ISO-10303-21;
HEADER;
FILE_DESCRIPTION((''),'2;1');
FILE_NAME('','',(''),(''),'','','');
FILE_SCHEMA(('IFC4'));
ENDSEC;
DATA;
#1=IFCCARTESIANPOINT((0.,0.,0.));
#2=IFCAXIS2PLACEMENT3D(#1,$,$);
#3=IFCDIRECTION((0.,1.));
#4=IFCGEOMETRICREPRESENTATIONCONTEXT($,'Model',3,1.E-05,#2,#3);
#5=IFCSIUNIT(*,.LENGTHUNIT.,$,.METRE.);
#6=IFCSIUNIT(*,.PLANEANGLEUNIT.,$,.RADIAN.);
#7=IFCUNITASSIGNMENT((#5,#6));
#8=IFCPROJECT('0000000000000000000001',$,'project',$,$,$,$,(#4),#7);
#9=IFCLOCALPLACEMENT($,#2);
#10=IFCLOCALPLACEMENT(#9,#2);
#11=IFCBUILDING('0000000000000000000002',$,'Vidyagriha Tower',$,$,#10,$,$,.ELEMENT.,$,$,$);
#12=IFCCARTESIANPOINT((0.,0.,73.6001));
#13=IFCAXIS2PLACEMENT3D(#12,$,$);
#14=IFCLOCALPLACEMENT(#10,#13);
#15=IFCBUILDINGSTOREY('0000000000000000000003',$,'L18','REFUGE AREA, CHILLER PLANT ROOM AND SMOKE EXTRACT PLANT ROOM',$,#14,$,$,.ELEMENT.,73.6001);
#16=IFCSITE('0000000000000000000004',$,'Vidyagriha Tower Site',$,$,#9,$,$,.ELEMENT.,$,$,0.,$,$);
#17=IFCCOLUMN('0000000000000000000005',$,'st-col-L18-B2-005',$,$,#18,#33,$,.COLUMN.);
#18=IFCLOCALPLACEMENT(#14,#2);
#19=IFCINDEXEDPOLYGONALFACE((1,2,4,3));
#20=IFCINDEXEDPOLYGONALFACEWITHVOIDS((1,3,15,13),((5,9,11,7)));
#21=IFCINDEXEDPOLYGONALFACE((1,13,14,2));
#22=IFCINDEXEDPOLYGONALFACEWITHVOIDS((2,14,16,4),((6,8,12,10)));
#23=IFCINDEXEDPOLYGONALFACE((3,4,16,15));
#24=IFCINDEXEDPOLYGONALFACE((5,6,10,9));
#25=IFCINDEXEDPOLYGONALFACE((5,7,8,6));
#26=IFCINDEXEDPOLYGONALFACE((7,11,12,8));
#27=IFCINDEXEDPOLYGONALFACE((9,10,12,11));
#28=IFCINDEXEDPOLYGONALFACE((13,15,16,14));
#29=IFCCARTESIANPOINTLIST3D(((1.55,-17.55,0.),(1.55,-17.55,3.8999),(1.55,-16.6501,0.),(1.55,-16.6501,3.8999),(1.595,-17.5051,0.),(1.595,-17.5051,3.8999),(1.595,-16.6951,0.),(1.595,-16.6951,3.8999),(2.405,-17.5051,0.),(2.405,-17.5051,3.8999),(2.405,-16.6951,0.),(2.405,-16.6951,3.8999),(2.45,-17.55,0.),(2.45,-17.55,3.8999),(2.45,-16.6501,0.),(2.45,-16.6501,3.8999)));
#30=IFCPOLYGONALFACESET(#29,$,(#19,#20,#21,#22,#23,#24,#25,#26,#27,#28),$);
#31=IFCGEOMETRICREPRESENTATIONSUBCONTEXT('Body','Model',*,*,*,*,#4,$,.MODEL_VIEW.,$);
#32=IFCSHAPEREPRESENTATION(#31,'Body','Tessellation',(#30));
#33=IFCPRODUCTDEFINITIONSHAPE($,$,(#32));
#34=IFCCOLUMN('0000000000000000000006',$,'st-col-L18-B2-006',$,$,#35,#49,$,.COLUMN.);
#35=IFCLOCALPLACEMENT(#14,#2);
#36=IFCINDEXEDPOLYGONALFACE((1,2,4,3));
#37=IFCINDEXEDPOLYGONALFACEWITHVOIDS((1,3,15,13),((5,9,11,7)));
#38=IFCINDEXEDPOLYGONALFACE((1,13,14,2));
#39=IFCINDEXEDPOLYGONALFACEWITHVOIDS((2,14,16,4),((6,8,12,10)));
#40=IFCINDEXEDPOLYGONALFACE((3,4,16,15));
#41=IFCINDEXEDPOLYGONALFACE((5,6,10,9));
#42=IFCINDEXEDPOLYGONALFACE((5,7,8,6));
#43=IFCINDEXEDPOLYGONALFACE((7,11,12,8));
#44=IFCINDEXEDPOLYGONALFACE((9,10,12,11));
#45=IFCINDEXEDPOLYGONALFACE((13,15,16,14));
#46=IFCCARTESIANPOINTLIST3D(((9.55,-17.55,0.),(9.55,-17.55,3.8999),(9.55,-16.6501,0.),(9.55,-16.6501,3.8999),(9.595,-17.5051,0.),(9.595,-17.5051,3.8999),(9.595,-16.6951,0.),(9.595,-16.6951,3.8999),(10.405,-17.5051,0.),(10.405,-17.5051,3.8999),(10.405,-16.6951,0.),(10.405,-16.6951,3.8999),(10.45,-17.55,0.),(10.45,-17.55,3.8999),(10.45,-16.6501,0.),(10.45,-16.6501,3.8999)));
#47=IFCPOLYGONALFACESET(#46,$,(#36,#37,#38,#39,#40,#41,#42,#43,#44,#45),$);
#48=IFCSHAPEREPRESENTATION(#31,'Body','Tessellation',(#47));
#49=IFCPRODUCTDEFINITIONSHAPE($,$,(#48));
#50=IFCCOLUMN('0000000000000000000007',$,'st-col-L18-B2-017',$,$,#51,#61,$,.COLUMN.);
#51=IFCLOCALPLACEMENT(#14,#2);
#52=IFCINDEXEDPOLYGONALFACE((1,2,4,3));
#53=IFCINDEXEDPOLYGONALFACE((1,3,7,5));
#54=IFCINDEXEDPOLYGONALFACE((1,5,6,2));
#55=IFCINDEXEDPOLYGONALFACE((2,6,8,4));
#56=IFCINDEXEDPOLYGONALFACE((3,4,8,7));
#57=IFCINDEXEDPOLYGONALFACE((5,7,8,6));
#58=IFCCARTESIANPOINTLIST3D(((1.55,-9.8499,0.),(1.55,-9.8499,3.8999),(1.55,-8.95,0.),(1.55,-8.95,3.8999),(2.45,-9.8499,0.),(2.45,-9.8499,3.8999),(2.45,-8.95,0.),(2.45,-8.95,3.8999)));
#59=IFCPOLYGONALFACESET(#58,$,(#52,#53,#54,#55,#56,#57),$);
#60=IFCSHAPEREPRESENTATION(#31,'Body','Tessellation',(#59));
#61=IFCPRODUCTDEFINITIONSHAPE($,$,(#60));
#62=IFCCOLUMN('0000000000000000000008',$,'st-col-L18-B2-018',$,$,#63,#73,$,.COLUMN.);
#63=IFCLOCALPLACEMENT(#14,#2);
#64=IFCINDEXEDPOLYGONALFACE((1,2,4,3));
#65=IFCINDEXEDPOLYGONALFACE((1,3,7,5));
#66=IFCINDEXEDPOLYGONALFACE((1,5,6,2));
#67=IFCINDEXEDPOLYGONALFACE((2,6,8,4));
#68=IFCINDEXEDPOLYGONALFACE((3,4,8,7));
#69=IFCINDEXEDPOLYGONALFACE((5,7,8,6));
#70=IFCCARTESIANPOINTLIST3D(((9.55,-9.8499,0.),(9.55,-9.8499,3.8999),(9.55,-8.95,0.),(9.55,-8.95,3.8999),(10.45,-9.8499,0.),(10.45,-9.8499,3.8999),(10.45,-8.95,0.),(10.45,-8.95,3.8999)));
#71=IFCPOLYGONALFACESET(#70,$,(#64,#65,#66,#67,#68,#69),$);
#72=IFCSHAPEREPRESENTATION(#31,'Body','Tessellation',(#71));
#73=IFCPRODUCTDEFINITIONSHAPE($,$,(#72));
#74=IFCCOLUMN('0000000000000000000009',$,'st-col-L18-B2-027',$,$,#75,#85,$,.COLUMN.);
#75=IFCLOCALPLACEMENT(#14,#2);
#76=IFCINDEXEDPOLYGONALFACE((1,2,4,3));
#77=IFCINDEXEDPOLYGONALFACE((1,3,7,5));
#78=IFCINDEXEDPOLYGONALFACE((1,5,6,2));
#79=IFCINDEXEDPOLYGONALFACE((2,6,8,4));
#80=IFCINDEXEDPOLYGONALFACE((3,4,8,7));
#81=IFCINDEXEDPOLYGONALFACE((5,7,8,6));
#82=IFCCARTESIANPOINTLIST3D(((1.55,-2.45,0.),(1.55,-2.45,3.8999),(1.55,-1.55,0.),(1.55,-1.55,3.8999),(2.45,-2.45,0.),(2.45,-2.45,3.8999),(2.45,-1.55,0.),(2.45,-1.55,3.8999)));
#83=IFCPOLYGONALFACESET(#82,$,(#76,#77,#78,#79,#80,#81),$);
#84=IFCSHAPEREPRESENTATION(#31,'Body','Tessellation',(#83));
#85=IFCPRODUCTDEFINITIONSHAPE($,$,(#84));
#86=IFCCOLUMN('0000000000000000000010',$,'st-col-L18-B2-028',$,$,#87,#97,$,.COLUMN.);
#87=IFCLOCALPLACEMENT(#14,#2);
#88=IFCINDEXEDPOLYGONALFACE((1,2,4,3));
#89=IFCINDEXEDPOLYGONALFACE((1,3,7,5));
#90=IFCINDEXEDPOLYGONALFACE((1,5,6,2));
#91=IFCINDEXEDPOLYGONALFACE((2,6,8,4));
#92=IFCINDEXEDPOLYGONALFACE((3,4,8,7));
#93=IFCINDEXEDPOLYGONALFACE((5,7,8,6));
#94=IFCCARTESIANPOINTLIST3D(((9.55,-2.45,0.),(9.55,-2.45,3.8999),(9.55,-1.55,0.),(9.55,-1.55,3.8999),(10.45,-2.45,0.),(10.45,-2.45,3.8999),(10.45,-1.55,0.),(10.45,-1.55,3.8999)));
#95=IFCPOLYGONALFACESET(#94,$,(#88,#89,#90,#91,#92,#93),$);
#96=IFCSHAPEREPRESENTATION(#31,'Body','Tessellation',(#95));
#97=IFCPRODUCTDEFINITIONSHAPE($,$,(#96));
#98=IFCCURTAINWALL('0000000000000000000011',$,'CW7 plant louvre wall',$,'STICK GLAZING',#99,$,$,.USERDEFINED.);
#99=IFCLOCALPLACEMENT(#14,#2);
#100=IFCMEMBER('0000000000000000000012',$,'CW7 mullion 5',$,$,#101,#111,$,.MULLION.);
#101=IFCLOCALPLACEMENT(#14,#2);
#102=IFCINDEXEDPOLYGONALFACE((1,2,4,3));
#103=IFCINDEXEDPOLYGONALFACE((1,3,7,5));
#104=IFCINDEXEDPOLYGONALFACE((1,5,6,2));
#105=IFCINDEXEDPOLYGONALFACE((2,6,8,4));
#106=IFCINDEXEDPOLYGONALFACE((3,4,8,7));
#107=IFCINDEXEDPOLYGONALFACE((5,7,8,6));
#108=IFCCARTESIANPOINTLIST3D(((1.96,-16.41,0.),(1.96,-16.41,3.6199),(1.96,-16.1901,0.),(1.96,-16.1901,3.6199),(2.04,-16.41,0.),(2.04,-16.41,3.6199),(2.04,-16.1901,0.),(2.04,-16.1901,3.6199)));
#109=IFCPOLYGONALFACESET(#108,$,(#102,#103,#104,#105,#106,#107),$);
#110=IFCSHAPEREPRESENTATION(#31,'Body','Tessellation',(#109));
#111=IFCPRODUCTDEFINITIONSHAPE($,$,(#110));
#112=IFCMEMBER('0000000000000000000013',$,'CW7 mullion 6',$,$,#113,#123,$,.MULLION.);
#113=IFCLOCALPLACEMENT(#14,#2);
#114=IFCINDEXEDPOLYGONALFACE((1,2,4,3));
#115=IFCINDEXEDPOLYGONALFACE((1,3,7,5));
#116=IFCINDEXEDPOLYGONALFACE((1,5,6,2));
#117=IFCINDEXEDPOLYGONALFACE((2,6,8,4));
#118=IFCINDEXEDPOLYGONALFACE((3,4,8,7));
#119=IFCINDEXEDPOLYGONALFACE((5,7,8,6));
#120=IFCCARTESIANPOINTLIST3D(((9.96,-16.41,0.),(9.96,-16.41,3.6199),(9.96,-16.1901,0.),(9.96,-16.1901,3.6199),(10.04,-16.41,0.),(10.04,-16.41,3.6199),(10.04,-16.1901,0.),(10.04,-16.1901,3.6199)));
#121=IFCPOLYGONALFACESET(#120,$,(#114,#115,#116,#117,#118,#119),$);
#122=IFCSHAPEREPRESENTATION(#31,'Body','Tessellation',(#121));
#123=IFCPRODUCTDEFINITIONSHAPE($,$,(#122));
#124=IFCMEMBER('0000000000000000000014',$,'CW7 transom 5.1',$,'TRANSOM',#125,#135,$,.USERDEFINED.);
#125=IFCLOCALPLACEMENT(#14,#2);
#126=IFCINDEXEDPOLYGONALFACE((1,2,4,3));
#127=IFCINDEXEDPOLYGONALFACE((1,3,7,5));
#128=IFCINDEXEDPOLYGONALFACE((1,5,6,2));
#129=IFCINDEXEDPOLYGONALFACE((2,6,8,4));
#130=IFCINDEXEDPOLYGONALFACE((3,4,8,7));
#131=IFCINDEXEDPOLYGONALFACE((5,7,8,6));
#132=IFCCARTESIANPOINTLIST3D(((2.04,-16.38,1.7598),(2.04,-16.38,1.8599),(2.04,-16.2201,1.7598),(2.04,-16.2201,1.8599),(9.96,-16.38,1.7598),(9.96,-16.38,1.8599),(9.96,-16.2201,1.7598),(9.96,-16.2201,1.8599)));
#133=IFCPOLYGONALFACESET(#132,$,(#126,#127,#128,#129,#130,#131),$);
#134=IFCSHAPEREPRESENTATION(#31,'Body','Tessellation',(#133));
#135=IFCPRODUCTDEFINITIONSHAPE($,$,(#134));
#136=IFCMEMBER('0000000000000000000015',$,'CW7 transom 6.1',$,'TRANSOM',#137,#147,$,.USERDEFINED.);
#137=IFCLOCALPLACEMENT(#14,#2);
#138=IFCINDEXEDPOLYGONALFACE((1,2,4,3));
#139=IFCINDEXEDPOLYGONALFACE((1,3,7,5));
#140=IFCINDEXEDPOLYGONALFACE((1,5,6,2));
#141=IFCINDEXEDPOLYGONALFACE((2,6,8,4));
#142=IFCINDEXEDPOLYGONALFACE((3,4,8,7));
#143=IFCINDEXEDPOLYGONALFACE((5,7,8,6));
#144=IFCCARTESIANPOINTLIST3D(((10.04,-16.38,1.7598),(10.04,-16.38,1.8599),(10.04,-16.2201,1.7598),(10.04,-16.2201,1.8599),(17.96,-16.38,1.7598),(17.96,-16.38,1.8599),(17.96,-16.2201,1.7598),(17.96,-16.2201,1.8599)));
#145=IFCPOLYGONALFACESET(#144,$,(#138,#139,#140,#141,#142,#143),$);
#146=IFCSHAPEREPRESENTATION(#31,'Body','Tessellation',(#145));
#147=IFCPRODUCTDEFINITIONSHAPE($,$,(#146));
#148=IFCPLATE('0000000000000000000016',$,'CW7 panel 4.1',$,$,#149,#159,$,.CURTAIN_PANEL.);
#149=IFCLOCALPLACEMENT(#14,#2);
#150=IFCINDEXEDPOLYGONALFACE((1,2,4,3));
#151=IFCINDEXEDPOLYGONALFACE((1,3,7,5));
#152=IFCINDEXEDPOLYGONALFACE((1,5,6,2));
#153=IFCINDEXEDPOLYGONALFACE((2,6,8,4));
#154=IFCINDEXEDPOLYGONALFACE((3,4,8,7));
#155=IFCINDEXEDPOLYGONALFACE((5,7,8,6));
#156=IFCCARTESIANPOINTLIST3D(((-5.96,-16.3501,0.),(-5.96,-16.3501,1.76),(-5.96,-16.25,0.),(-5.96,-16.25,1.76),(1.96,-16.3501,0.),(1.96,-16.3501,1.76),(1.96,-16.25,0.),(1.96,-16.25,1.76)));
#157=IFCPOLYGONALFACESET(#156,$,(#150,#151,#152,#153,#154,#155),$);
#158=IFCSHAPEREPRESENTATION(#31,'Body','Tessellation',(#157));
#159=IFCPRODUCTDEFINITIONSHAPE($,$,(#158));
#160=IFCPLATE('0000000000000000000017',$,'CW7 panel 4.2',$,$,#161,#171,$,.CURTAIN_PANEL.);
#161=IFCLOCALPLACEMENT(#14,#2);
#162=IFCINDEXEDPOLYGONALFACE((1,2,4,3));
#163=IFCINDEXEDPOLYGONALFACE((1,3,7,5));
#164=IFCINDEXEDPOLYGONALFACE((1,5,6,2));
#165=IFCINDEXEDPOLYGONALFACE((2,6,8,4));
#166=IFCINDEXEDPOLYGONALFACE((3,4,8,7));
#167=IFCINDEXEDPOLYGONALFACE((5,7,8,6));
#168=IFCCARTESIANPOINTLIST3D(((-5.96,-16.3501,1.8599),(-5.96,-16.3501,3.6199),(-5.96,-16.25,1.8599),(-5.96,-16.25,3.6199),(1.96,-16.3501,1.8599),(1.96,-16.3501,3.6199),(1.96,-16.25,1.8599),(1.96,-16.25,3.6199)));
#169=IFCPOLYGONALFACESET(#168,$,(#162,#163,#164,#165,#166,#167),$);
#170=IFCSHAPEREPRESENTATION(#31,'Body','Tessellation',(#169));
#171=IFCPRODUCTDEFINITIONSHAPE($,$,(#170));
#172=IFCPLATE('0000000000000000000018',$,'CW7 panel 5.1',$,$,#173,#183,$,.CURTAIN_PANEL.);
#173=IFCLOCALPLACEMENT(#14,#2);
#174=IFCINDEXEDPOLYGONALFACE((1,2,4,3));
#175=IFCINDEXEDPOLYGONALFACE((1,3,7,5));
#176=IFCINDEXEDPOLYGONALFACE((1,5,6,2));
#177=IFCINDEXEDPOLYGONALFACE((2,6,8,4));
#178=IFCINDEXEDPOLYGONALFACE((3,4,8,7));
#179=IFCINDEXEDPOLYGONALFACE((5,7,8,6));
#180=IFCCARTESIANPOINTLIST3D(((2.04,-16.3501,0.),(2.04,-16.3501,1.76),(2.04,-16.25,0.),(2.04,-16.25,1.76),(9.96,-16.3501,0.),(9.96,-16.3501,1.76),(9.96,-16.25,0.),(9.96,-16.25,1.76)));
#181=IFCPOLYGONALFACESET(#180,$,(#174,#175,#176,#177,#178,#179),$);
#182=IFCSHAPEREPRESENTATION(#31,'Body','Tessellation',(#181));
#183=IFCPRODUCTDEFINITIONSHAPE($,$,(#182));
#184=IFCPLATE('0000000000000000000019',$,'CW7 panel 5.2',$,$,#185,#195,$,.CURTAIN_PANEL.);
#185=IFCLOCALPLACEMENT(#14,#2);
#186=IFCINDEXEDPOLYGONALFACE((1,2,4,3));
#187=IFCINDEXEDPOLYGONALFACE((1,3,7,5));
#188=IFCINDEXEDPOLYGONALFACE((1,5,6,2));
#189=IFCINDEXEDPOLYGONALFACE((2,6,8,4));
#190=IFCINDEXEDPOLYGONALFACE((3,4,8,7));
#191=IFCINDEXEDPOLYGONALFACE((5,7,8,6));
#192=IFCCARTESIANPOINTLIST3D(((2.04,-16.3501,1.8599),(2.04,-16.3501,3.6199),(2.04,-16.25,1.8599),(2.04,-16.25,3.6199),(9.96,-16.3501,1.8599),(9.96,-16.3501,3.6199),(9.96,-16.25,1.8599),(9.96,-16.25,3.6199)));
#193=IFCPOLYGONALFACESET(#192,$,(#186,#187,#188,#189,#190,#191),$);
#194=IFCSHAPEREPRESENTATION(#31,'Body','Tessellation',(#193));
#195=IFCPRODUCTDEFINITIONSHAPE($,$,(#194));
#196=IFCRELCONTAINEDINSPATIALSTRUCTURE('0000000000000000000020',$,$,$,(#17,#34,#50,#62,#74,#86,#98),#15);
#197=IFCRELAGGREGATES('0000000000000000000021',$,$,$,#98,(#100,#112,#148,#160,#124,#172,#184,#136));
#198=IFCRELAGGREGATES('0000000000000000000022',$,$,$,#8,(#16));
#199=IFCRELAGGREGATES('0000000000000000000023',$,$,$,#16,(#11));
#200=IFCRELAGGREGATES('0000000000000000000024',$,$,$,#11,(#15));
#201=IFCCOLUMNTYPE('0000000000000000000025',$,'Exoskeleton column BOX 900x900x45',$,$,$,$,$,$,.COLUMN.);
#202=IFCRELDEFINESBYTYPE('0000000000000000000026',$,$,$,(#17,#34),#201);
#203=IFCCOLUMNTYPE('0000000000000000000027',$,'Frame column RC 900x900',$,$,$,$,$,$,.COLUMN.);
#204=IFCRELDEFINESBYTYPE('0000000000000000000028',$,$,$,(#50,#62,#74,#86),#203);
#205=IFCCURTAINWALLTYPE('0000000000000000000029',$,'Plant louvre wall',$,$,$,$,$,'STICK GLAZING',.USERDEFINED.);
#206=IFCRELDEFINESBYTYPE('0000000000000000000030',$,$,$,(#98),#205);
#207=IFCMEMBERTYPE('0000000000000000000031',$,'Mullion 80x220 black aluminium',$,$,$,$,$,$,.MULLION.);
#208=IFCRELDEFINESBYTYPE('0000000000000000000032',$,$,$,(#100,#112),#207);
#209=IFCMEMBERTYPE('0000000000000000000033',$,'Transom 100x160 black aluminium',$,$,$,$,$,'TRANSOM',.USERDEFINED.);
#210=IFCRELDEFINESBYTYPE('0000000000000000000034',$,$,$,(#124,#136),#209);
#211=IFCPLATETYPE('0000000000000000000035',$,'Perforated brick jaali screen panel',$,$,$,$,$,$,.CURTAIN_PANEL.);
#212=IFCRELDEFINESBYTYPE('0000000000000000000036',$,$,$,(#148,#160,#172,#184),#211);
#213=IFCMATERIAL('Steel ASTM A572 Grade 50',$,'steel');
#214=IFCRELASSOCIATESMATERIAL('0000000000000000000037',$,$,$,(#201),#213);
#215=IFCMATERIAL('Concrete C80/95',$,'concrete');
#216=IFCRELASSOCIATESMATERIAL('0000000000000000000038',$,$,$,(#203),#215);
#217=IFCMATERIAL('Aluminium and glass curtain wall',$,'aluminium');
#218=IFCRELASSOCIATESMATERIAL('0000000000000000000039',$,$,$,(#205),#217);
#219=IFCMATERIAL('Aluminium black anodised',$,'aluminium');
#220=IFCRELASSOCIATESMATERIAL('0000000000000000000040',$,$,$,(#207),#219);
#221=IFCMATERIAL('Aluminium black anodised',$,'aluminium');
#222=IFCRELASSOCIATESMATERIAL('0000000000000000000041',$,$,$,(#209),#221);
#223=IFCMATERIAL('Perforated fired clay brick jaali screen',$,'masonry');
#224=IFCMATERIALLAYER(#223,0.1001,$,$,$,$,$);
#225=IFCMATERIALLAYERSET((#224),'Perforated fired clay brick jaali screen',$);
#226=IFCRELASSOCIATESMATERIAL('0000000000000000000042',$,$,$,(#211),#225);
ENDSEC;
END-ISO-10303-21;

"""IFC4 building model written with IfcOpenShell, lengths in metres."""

from ifc_helpers import new_model, si_unit, direction, frame, origin, origin_2d, place, context, subcontext, project, spatial, rectangle, hollow_rectangle, extrude, material, layer, layer_set, material_profile, profile_set, type_object, element, aggregate, save


model = new_model("IFC4")

# Units and contexts
model_context = context("Model", 3, precision=1e-05, world=origin(), true_north=direction((0.0, 1.0)))
body_context = subcontext(model_context, "Body", "Model", "MODEL_VIEW")
ifc_project = project(units=[si_unit("LENGTHUNIT", "METRE"), si_unit("PLANEANGLEUNIT", "RADIAN")], contexts=[model_context])

# Site, building, storey
site_placement = place(None, origin())
site = spatial("IfcSite", under=ifc_project, at=site_placement, Name="Vidyagriha Tower Site", CompositionType="ELEMENT", RefElevation=0.0)
building_placement = place(site_placement, origin())
building = spatial("IfcBuilding", under=site, at=building_placement, Name="Vidyagriha Tower", CompositionType="ELEMENT")
storey_placement = place(building_placement, frame((0.0, 0.0, 73.6001)))
storey = spatial("IfcBuildingStorey", under=building, at=storey_placement, Name="L18", Description="REFUGE AREA, CHILLER PLANT ROOM AND SMOKE EXTRACT PLANT ROOM", CompositionType="ELEMENT", Elevation=73.6001)

# Columns
ifc_material_1 = material(Name="Steel ASTM A572 Grade 50", Category="steel")
ifc_material_profile_1 = material_profile(ifc_material_1, hollow_rectangle(XDim=0.8999, YDim=0.8999, WallThickness=0.0449, at=origin_2d()), Name="BOX 900x900x45")
ifc_profile_set_1 = profile_set([ifc_material_profile_1], Name="Steel ASTM A572 Grade 50")
column_type_1 = type_object("IfcColumnType", Name="Exoskeleton column BOX 900x900x45", PredefinedType="COLUMN", material=ifc_profile_set_1)
for number, where, name in (
    (1, (2.0, -17.1001, 0.0), "st-col-L18-B2-005"),
    (2, (10.0, -17.1001, 0.0), "st-col-L18-B2-006"),
):
    element("IfcColumn", number, at=place(storey_placement, frame(where)), inside=storey, type_object=column_type_1, Name=name, PredefinedType="COLUMN", context=body_context, shape_type="SweptSolid", body=[
        extrude(hollow_rectangle(XDim=0.8999, YDim=0.8999, WallThickness=0.0449, at=origin_2d()), origin(), (0.0, 0.0, 1.0), 3.8999),
    ])
ifc_material_2 = material(Name="Concrete C80/95", Category="concrete")
ifc_material_profile_2 = material_profile(ifc_material_2, rectangle(XDim=0.8999, YDim=0.8999, at=origin_2d()), Name="RC 900x900")
ifc_profile_set_2 = profile_set([ifc_material_profile_2], Name="Concrete C80/95")
column_type_2 = type_object("IfcColumnType", Name="Frame column RC 900x900", PredefinedType="COLUMN", material=ifc_profile_set_2)
for number, where, name in (
    (3, (2.0, -9.3999, 0.0), "st-col-L18-B2-017"),
    (4, (10.0, -9.3999, 0.0), "st-col-L18-B2-018"),
    (5, (2.0, -2.0, 0.0), "st-col-L18-B2-027"),
    (6, (10.0, -2.0, 0.0), "st-col-L18-B2-028"),
):
    element("IfcColumn", number, at=place(storey_placement, frame(where)), inside=storey, type_object=column_type_2, Name=name, PredefinedType="COLUMN", context=body_context, shape_type="SweptSolid", body=[
        extrude(rectangle(XDim=0.8999, YDim=0.8999, at=origin_2d()), origin(), (0.0, 0.0, 1.0), 3.8999),
    ])

# Curtain wall, members, plates
ifc_material_3 = material(Name="Aluminium and glass curtain wall", Category="aluminium")
curtain_wall_type = type_object("IfcCurtainWallType", Name="Plant louvre wall", ElementType="STICK GLAZING", PredefinedType="USERDEFINED", material=ifc_material_3)
curtain_wall_placement = place(storey_placement, origin())
curtain_wall = element("IfcCurtainWall", 7, at=curtain_wall_placement, inside=storey, type_object=curtain_wall_type, Name="CW7 plant louvre wall", ObjectType="STICK GLAZING", PredefinedType="USERDEFINED")
ifc_material_4 = material(Name="Aluminium black anodised", Category="aluminium")
ifc_material_profile_3 = material_profile(ifc_material_4, rectangle(XDim=0.22, YDim=0.0801, at=origin_2d()), Name="Mullion 80x220 black aluminium")
ifc_profile_set_3 = profile_set([ifc_material_profile_3], Name="Aluminium black anodised")
member_type_1 = type_object("IfcMemberType", Name="Mullion 80x220 black aluminium", PredefinedType="MULLION", material=ifc_profile_set_3)
member_1_placement = place(storey_placement, frame((2.0, -16.3, 0.0), z_axis=(0.0, 0.0, 1.0), x_axis=(0.0, 1.0, 0.0)))
member_1 = element("IfcMember", 8, at=member_1_placement, type_object=member_type_1, Name="CW7 mullion 5", PredefinedType="MULLION", context=body_context, shape_type="SweptSolid", body=[
    extrude(rectangle(XDim=0.22, YDim=0.0801, at=origin_2d()), origin(), (0.0, 0.0, 1.0), 3.6199),
])
member_2_placement = place(storey_placement, frame((10.0, -16.3, 0.0), z_axis=(0.0, 0.0, 1.0), x_axis=(0.0, 1.0, 0.0)))
member_2 = element("IfcMember", 9, at=member_2_placement, type_object=member_type_1, Name="CW7 mullion 6", PredefinedType="MULLION", context=body_context, shape_type="SweptSolid", body=[
    extrude(rectangle(XDim=0.22, YDim=0.0801, at=origin_2d()), origin(), (0.0, 0.0, 1.0), 3.6199),
])
ifc_material_5 = material(Name="Aluminium black anodised", Category="aluminium")
ifc_material_profile_4 = material_profile(ifc_material_5, rectangle(XDim=0.1599, YDim=0.1001, at=origin_2d()), Name="Transom 100x160 black aluminium")
ifc_profile_set_4 = profile_set([ifc_material_profile_4], Name="Aluminium black anodised")
member_type_2 = type_object("IfcMemberType", Name="Transom 100x160 black aluminium", ElementType="TRANSOM", PredefinedType="USERDEFINED", material=ifc_profile_set_4)
member_3_placement = place(storey_placement, frame((2.04, -16.3, 1.8098), z_axis=(1.0, 0.0, 0.0), x_axis=(0.0, 1.0, 0.0)))
member_3 = element("IfcMember", 10, at=member_3_placement, type_object=member_type_2, Name="CW7 transom 5.1", ObjectType="TRANSOM", PredefinedType="USERDEFINED", context=body_context, shape_type="SweptSolid", body=[
    extrude(rectangle(XDim=0.1599, YDim=0.1001, at=origin_2d()), origin(), (0.0, 0.0, 1.0), 7.9199),
])
member_4_placement = place(storey_placement, frame((10.04, -16.3, 1.8098), z_axis=(1.0, 0.0, 0.0), x_axis=(0.0, 1.0, 0.0)))
member_4 = element("IfcMember", 11, at=member_4_placement, type_object=member_type_2, Name="CW7 transom 6.1", ObjectType="TRANSOM", PredefinedType="USERDEFINED", context=body_context, shape_type="SweptSolid", body=[
    extrude(rectangle(XDim=0.1599, YDim=0.1001, at=origin_2d()), origin(), (0.0, 0.0, 1.0), 7.9199),
])
ifc_material_6 = material(Name="Perforated fired clay brick jaali screen", Category="masonry")
ifc_layer_1 = layer(ifc_material_6, 0.1001)
ifc_layer_set_1 = layer_set([ifc_layer_1], Name="Perforated fired clay brick jaali screen")
plate_type = type_object("IfcPlateType", Name="Perforated brick jaali screen panel", PredefinedType="CURTAIN_PANEL", material=ifc_layer_set_1)
plate_1_placement = place(storey_placement, frame((-2.0, -16.3, 0.0)))
plate_1 = element("IfcPlate", 12, at=plate_1_placement, type_object=plate_type, Name="CW7 panel 4.1", PredefinedType="CURTAIN_PANEL", context=body_context, shape_type="SweptSolid", body=[
    extrude(rectangle(XDim=7.9199, YDim=0.1001, at=origin_2d()), origin(), (0.0, 0.0, 1.0), 1.76),
])
plate_2_placement = place(storey_placement, frame((-2.0, -16.3, 1.8599)))
plate_2 = element("IfcPlate", 13, at=plate_2_placement, type_object=plate_type, Name="CW7 panel 4.2", PredefinedType="CURTAIN_PANEL", context=body_context, shape_type="SweptSolid", body=[
    extrude(rectangle(XDim=7.9199, YDim=0.1001, at=origin_2d()), origin(), (0.0, 0.0, 1.0), 1.76),
])
plate_3_placement = place(storey_placement, frame((6.0, -16.3, 0.0)))
plate_3 = element("IfcPlate", 14, at=plate_3_placement, type_object=plate_type, Name="CW7 panel 5.1", PredefinedType="CURTAIN_PANEL", context=body_context, shape_type="SweptSolid", body=[
    extrude(rectangle(XDim=7.9199, YDim=0.1001, at=origin_2d()), origin(), (0.0, 0.0, 1.0), 1.76),
])
plate_4_placement = place(storey_placement, frame((6.0, -16.3, 1.8599)))
plate_4 = element("IfcPlate", 15, at=plate_4_placement, type_object=plate_type, Name="CW7 panel 5.2", PredefinedType="CURTAIN_PANEL", context=body_context, shape_type="SweptSolid", body=[
    extrude(rectangle(XDim=7.9199, YDim=0.1001, at=origin_2d()), origin(), (0.0, 0.0, 1.0), 1.76),
])
aggregate(curtain_wall, [member_1, member_2, plate_1, plate_2, member_3, plate_3, plate_4, member_4])

save(model, "model.ifc")
